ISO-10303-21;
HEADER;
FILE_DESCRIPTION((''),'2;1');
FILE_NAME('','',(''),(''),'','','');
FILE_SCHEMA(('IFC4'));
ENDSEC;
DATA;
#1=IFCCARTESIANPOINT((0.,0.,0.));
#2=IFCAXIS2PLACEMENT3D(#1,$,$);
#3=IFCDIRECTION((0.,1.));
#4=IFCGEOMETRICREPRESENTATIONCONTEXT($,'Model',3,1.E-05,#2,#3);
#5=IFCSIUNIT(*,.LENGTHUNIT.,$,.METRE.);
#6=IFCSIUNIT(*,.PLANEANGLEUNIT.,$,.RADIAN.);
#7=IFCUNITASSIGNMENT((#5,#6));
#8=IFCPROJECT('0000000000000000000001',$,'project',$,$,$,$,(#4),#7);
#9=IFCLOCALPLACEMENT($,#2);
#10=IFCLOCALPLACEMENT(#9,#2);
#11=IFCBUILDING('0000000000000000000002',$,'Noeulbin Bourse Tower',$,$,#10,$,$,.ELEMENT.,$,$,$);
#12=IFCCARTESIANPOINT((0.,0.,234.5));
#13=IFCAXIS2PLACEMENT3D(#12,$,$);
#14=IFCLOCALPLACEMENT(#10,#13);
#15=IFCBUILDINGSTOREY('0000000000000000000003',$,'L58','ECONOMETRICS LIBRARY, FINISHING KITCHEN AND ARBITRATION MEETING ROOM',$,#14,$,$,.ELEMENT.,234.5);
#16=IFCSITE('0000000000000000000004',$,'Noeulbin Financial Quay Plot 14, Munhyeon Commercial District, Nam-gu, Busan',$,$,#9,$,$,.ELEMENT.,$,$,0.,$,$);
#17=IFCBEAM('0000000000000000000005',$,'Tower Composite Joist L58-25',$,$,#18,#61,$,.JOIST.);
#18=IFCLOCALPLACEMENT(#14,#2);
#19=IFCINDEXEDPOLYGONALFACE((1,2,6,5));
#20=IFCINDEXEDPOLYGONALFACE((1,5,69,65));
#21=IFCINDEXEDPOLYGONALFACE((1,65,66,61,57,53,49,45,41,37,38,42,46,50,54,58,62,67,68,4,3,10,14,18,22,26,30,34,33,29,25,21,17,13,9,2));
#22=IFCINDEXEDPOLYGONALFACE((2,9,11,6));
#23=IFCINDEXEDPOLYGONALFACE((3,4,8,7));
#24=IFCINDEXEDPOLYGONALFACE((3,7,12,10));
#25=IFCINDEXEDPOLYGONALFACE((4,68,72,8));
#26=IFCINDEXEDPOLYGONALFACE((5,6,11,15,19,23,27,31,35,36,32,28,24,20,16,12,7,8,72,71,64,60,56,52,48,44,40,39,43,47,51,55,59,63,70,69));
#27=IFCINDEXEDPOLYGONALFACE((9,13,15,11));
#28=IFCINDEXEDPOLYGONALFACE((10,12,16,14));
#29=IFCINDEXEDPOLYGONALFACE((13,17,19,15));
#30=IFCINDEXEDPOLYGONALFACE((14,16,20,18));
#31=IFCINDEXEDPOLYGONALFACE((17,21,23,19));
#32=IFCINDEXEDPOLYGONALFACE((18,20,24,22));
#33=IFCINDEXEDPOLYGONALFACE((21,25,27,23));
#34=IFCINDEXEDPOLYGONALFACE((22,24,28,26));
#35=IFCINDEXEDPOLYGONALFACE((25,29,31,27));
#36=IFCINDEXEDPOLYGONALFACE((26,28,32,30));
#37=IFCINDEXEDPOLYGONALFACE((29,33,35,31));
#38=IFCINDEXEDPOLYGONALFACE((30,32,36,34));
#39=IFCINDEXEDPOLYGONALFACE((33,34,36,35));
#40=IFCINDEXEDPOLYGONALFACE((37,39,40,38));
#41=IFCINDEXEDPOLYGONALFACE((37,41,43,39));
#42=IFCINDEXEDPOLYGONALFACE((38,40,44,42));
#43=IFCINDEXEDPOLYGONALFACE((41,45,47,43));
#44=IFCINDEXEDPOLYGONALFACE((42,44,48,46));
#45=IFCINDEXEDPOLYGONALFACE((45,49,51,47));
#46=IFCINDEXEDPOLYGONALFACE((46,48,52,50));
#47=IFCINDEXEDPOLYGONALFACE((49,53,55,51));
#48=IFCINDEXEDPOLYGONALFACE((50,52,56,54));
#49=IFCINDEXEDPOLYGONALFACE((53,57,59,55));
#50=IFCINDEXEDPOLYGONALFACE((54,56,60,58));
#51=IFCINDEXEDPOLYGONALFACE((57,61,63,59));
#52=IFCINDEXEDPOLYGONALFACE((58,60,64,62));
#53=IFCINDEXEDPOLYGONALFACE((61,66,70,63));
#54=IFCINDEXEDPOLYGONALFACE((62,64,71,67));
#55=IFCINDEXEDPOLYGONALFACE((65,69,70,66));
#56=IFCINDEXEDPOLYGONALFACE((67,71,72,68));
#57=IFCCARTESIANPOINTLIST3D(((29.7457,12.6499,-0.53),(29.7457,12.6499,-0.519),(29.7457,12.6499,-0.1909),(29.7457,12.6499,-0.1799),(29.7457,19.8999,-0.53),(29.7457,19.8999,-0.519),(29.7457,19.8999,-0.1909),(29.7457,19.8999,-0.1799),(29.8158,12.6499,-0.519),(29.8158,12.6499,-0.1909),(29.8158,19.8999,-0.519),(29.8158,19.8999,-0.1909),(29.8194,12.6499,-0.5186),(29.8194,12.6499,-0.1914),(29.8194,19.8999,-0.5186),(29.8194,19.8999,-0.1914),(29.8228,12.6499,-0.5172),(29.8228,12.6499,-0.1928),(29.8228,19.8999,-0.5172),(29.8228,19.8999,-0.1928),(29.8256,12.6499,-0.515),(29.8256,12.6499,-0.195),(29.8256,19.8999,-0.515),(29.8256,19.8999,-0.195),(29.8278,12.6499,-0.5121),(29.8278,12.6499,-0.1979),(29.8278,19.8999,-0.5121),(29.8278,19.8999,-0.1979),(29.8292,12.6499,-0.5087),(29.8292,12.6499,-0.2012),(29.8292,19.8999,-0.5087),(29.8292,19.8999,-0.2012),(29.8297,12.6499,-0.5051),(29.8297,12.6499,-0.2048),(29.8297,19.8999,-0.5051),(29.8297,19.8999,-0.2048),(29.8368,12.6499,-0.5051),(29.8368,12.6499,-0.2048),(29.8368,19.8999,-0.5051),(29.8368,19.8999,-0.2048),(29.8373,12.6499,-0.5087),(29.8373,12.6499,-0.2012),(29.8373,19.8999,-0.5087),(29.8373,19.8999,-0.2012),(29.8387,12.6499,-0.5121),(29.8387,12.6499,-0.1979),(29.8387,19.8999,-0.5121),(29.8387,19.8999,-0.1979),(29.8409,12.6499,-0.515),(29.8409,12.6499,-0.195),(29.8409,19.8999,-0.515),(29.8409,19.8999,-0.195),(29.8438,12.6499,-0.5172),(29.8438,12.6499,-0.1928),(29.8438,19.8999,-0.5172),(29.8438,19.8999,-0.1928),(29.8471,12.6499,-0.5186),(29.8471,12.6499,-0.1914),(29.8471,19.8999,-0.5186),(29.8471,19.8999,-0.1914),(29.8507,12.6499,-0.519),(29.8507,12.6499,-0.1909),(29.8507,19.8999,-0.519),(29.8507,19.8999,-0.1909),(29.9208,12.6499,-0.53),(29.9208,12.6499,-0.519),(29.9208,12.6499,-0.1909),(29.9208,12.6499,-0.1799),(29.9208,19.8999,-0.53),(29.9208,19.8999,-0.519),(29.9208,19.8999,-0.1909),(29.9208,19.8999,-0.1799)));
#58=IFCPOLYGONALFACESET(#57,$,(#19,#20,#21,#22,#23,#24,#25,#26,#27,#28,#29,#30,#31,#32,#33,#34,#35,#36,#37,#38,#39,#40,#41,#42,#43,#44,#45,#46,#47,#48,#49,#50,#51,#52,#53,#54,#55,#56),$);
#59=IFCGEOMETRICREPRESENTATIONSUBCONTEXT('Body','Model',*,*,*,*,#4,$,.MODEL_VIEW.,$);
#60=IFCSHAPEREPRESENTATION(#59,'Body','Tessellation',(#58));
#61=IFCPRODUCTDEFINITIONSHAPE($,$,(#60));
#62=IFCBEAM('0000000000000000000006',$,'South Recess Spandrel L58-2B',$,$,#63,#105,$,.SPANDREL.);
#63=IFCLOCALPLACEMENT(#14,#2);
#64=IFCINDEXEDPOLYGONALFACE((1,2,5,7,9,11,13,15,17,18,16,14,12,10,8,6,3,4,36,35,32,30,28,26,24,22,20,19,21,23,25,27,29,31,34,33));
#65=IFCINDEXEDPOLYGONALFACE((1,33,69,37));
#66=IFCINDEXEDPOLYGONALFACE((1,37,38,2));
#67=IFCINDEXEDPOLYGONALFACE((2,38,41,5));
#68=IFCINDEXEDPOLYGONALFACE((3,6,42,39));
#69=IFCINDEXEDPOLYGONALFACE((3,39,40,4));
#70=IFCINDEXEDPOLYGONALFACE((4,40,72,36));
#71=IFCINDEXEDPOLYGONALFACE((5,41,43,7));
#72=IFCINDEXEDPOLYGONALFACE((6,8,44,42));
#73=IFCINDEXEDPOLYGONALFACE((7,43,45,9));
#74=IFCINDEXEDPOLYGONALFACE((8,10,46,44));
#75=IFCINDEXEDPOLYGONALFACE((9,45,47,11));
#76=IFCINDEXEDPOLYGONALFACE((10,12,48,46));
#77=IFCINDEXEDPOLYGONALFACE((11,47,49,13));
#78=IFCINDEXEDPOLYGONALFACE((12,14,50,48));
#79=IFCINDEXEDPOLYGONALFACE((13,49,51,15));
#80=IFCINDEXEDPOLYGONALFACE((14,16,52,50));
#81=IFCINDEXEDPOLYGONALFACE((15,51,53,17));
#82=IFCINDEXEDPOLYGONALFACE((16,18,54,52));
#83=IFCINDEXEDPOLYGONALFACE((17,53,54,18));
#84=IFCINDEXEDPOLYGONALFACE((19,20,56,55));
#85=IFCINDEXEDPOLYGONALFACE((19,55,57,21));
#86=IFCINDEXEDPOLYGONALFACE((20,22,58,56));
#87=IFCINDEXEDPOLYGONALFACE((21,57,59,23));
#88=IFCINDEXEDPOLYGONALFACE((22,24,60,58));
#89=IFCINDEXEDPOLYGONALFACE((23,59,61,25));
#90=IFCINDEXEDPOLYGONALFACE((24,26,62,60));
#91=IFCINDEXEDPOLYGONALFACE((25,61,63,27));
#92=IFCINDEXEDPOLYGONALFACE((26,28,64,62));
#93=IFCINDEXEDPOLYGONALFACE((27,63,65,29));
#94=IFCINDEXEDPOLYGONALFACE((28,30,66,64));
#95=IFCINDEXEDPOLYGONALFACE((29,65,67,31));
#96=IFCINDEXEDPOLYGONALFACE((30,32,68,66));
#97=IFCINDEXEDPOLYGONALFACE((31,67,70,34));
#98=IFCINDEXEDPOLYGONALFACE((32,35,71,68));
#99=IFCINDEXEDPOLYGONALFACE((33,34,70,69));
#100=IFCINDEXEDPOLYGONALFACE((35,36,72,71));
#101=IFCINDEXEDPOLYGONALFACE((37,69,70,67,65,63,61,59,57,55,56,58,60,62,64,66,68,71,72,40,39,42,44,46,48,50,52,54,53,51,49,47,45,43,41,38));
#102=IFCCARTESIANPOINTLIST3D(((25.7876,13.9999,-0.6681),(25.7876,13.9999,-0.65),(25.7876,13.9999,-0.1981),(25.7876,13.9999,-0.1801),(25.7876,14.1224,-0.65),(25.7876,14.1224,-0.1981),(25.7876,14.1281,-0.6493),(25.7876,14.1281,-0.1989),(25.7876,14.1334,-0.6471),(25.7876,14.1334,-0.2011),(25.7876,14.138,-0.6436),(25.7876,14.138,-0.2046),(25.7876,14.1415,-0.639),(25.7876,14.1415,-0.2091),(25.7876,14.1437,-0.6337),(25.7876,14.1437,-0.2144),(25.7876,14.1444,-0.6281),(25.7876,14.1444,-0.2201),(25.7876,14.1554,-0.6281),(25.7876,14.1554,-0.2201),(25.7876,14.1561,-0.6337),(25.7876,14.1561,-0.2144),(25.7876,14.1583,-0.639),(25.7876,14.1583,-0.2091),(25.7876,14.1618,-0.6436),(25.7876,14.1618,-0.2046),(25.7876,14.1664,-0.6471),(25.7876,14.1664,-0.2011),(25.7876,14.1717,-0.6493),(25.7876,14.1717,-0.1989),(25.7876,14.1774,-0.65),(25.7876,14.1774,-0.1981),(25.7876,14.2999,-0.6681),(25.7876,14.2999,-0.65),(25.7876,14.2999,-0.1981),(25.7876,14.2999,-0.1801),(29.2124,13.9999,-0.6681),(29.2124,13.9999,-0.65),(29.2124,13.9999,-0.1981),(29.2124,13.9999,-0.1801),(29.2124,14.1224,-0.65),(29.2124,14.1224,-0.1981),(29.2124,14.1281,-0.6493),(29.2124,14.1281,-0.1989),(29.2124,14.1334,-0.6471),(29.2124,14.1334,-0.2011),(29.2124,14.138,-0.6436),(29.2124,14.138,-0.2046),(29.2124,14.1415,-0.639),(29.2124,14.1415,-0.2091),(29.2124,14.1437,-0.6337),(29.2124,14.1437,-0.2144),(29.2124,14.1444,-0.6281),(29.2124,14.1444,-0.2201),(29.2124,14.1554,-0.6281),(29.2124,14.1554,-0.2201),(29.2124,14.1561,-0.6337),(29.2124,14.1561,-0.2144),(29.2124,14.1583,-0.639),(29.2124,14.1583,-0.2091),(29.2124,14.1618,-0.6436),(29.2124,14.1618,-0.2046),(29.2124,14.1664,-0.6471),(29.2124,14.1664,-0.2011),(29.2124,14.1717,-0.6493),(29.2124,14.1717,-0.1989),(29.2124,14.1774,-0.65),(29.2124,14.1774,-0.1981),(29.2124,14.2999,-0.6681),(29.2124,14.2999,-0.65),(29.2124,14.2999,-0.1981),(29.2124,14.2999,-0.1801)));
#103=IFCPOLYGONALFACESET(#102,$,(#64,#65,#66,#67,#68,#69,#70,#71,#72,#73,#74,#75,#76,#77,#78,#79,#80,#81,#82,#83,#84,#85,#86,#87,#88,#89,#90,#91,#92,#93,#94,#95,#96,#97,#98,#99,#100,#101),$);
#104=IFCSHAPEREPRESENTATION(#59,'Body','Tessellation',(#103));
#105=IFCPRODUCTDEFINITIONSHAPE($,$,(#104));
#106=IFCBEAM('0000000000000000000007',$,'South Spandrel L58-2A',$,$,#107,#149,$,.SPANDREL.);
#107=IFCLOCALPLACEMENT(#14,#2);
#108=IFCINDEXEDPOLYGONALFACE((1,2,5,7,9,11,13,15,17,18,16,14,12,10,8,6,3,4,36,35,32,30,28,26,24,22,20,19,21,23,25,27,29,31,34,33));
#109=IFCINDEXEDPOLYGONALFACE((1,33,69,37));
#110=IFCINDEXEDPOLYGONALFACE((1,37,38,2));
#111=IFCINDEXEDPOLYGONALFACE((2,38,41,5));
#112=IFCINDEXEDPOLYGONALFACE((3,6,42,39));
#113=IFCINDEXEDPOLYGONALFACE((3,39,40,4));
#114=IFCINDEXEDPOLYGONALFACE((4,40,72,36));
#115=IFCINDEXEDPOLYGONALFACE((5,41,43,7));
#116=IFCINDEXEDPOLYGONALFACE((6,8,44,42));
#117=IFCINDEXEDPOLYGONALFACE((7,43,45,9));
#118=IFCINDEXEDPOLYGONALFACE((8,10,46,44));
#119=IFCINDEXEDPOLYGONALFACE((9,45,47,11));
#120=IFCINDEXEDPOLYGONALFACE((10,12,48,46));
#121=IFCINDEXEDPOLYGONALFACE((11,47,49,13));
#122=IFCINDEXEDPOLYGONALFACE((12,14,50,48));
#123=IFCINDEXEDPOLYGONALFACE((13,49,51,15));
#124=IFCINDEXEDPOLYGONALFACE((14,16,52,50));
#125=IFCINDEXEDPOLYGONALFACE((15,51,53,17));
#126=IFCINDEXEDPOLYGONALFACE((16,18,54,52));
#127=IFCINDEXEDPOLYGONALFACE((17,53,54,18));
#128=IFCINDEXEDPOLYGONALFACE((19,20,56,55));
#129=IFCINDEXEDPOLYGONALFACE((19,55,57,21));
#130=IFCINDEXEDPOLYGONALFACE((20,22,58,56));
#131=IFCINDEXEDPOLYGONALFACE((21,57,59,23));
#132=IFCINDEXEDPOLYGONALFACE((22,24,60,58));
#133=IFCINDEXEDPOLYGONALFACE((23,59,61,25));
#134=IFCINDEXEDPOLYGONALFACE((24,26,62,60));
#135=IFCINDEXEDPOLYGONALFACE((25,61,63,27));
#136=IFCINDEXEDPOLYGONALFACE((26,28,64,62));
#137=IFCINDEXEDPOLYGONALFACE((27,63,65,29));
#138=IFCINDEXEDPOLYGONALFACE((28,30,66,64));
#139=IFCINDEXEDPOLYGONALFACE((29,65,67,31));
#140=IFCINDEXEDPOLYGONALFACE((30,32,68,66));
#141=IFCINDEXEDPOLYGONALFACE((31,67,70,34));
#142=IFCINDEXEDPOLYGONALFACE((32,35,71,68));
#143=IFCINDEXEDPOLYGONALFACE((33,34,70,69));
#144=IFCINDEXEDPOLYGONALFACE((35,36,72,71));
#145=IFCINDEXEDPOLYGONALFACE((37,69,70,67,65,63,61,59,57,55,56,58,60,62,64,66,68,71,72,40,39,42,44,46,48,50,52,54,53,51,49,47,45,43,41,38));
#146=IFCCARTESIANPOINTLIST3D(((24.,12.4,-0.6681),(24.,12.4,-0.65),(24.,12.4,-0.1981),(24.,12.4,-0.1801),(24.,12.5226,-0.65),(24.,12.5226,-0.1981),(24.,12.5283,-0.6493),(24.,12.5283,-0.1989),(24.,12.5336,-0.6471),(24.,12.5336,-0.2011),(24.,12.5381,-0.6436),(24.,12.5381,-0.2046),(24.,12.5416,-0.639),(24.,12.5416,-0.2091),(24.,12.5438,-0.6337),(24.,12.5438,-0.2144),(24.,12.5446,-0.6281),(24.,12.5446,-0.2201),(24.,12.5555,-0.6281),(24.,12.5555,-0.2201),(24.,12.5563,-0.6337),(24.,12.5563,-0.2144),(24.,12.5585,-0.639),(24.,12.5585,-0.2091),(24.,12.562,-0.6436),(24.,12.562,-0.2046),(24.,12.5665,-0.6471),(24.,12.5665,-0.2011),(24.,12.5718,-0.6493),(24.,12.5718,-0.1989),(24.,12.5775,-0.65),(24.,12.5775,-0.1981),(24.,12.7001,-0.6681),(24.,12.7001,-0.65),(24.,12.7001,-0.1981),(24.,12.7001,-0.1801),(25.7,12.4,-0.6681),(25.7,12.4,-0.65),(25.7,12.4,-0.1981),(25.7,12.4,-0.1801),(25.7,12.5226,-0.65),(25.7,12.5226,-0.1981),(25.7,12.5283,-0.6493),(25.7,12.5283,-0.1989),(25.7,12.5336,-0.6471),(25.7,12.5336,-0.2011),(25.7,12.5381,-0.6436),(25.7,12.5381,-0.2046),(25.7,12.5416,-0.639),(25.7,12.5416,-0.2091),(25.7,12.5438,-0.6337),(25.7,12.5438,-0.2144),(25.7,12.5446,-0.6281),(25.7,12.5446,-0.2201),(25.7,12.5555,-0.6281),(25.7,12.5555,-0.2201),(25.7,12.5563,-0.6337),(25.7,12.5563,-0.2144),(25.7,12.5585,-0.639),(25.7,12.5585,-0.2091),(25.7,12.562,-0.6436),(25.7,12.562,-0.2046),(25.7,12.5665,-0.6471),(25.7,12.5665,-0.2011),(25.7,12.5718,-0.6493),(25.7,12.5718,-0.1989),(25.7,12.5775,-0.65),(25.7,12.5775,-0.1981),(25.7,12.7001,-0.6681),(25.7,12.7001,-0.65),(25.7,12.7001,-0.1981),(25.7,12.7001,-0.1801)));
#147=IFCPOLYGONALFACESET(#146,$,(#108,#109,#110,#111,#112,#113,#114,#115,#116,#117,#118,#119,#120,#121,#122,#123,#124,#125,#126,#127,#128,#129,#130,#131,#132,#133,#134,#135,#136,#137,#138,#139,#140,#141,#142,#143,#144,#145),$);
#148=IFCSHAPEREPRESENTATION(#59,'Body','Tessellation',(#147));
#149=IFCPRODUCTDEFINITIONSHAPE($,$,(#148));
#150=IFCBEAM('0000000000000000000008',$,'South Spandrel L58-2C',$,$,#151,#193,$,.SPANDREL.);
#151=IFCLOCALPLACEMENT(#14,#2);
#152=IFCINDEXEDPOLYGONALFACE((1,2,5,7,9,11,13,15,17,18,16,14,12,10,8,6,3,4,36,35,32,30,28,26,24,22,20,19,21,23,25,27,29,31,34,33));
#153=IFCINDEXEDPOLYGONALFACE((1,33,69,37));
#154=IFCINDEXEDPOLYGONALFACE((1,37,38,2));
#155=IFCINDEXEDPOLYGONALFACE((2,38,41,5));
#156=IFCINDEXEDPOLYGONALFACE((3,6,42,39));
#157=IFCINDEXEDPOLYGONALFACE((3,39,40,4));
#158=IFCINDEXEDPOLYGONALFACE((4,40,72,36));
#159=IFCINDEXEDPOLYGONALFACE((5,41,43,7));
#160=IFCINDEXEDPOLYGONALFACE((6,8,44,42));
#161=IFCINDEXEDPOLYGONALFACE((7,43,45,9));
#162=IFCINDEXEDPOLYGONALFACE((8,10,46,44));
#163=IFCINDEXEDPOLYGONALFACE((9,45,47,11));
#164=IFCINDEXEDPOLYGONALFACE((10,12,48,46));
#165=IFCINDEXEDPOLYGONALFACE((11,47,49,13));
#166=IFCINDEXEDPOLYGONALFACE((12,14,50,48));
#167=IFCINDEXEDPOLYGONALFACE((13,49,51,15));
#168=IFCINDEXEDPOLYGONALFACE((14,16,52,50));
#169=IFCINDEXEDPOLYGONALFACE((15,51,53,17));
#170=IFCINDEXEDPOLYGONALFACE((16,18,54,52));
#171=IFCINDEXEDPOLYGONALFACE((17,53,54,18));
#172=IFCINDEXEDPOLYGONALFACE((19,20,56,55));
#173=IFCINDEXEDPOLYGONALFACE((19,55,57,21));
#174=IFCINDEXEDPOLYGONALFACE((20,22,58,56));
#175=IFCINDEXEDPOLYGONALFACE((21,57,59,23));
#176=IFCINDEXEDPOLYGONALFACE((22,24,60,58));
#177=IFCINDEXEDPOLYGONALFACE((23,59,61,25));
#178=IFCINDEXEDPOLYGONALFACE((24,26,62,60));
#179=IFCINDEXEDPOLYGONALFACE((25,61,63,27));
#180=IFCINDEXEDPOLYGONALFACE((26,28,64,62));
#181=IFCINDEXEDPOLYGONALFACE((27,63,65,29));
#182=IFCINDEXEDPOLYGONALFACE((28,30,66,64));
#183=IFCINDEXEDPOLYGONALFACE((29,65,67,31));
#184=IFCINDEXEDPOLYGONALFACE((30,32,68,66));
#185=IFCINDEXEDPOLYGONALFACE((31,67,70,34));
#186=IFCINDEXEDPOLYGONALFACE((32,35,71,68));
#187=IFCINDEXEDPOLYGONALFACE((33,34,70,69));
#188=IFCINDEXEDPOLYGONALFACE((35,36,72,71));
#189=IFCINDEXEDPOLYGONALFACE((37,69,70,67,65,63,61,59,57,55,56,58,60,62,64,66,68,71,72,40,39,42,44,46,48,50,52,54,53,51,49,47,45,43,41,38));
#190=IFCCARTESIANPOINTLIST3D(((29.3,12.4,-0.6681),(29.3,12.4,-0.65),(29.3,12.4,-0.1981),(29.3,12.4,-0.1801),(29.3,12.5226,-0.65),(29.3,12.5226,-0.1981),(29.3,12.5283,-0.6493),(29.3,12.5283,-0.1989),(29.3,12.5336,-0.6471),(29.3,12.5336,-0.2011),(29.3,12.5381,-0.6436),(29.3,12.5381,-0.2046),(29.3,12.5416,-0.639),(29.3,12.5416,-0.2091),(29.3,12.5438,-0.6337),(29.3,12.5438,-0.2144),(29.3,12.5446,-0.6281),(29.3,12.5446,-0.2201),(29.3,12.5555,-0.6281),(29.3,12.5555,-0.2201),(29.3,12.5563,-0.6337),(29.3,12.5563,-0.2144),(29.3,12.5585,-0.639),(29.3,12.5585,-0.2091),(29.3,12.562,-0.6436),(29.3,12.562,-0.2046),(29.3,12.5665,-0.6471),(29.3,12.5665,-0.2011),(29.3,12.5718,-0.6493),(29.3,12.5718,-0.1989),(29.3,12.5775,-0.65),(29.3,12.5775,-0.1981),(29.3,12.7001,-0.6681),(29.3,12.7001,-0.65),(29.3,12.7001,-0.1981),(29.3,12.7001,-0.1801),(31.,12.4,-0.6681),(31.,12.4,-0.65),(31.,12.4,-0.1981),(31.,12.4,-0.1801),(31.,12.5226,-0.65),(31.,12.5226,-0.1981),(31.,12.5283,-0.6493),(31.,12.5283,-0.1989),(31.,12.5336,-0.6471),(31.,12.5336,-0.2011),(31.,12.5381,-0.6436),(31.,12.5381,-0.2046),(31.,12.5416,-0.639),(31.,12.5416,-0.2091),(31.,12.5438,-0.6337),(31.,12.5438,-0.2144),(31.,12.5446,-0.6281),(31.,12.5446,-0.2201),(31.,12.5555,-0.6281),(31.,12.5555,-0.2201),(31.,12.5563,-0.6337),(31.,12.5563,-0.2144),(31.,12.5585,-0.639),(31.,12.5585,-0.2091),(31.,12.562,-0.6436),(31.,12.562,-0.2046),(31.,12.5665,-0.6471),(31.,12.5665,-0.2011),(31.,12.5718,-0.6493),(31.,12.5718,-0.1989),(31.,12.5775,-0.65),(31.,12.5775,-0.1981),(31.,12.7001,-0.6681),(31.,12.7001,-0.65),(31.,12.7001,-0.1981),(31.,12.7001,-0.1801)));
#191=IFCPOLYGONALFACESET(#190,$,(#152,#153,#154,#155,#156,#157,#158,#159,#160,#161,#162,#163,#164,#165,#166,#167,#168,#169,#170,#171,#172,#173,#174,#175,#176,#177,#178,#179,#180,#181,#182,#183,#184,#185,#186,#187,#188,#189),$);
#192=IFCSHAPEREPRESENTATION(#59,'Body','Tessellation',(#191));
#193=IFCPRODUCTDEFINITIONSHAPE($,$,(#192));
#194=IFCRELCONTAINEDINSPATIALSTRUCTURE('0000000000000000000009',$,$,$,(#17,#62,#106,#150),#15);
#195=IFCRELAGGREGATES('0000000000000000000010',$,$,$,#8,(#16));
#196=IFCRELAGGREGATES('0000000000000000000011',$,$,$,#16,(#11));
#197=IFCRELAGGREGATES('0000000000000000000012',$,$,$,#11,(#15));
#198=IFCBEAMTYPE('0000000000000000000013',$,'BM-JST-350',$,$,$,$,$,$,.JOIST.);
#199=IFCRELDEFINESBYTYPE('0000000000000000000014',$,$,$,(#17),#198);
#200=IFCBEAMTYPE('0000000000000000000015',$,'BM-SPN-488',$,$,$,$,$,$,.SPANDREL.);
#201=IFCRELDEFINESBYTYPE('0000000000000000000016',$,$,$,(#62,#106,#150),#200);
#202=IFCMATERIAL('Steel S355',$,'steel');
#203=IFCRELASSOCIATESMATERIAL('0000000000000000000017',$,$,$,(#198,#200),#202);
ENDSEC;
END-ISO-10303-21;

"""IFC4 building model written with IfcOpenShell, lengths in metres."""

from ifc_helpers import new_model, si_unit, direction, frame, origin, origin_2d, place, context, subcontext, project, spatial, i_section, extrude, material, material_profile, profile_set, type_object, element, save


model = new_model("IFC4")

# Units and contexts
model_context = context("Model", 3, precision=1e-05, world=origin(), true_north=direction((0.0, 1.0)))
body_context = subcontext(model_context, "Body", "Model", "MODEL_VIEW")
ifc_project = project(units=[si_unit("LENGTHUNIT", "METRE"), si_unit("PLANEANGLEUNIT", "RADIAN")], contexts=[model_context])

# Site, building, storey
site_placement = place(None, origin())
site = spatial("IfcSite", under=ifc_project, at=site_placement, Name="Noeulbin Financial Quay Plot 14, Munhyeon Commercial District, Nam-gu, Busan", CompositionType="ELEMENT", RefElevation=0.0)
building_placement = place(site_placement, origin())
building = spatial("IfcBuilding", under=site, at=building_placement, Name="Noeulbin Bourse Tower", CompositionType="ELEMENT")
storey_placement = place(building_placement, frame((0.0, 0.0, 234.5)))
storey = spatial("IfcBuildingStorey", under=building, at=storey_placement, Name="L58", Description="ECONOMETRICS LIBRARY, FINISHING KITCHEN AND ARBITRATION MEETING ROOM", CompositionType="ELEMENT", Elevation=234.5)

# Shared definitions
ifc_material_1 = material(Name="Steel S355", Category="steel")

# Beams
ifc_material_profile_1 = material_profile(ifc_material_1, i_section(OverallWidth=0.175, OverallDepth=0.3501, WebThickness=0.0071, FlangeThickness=0.011, FilletRadius=0.0139, at=origin_2d()), Name="H-350x175x7x11", Category="LoadBearing")
ifc_profile_set_1 = profile_set([ifc_material_profile_1], Name="Steel S355")
beam_type_1 = type_object("IfcBeamType", Name="BM-JST-350", PredefinedType="JOIST", material=ifc_profile_set_1)
beam_1_placement = place(storey_placement, frame((29.8333, 12.6499, -0.355), z_axis=(0.0, 1.0, 0.0), x_axis=(-1.0, 0.0, 0.0)))
element("IfcBeam", 1, at=beam_1_placement, inside=storey, type_object=beam_type_1, Name="Tower Composite Joist L58-25", PredefinedType="JOIST", context=body_context, shape_type="SweptSolid", body=[
    extrude(i_section(OverallWidth=0.175, OverallDepth=0.3501, WebThickness=0.0071, FlangeThickness=0.011, FilletRadius=0.0139, at=origin_2d()), origin(), (0.0, 0.0, 1.0), 7.25),
])
ifc_material_profile_2 = material_profile(ifc_material_1, i_section(OverallWidth=0.3, OverallDepth=0.488, WebThickness=0.011, FlangeThickness=0.0181, FilletRadius=0.022, at=origin_2d()), Name="H-488x300x11x18", Category="LoadBearing")
ifc_profile_set_2 = profile_set([ifc_material_profile_2], Name="Steel S355")
beam_type_2 = type_object("IfcBeamType", Name="BM-SPN-488", PredefinedType="SPANDREL", material=ifc_profile_set_2)
beam_2_placement = place(storey_placement, frame((25.7876, 14.1499, -0.4241), z_axis=(1.0, 0.0, 0.0), x_axis=(0.0, 1.0, 0.0)))
element("IfcBeam", 2, at=beam_2_placement, inside=storey, type_object=beam_type_2, Name="South Recess Spandrel L58-2B", PredefinedType="SPANDREL", context=body_context, shape_type="SweptSolid", body=[
    extrude(i_section(OverallWidth=0.3, OverallDepth=0.488, WebThickness=0.011, FlangeThickness=0.0181, FilletRadius=0.022, at=origin_2d()), origin(), (0.0, 0.0, 1.0), 3.4248),
])
for number, where, z_axis, x_axis, name in (
    (3, (24.0, 12.55, -0.4241), (1.0, 0.0, 0.0), (0.0, 1.0, 0.0), "South Spandrel L58-2A"),
    (4, (29.3, 12.55, -0.4241), (1.0, 0.0, 0.0), (0.0, 1.0, 0.0), "South Spandrel L58-2C"),
):
    element("IfcBeam", number, at=place(storey_placement, frame(where, z_axis=z_axis, x_axis=x_axis)), inside=storey, type_object=beam_type_2, Name=name, PredefinedType="SPANDREL", context=body_context, shape_type="SweptSolid", body=[
        extrude(i_section(OverallWidth=0.3, OverallDepth=0.488, WebThickness=0.011, FlangeThickness=0.0181, FilletRadius=0.022, at=origin_2d()), origin(), (0.0, 0.0, 1.0), 1.7),
    ])

save(model, "model.ifc")
